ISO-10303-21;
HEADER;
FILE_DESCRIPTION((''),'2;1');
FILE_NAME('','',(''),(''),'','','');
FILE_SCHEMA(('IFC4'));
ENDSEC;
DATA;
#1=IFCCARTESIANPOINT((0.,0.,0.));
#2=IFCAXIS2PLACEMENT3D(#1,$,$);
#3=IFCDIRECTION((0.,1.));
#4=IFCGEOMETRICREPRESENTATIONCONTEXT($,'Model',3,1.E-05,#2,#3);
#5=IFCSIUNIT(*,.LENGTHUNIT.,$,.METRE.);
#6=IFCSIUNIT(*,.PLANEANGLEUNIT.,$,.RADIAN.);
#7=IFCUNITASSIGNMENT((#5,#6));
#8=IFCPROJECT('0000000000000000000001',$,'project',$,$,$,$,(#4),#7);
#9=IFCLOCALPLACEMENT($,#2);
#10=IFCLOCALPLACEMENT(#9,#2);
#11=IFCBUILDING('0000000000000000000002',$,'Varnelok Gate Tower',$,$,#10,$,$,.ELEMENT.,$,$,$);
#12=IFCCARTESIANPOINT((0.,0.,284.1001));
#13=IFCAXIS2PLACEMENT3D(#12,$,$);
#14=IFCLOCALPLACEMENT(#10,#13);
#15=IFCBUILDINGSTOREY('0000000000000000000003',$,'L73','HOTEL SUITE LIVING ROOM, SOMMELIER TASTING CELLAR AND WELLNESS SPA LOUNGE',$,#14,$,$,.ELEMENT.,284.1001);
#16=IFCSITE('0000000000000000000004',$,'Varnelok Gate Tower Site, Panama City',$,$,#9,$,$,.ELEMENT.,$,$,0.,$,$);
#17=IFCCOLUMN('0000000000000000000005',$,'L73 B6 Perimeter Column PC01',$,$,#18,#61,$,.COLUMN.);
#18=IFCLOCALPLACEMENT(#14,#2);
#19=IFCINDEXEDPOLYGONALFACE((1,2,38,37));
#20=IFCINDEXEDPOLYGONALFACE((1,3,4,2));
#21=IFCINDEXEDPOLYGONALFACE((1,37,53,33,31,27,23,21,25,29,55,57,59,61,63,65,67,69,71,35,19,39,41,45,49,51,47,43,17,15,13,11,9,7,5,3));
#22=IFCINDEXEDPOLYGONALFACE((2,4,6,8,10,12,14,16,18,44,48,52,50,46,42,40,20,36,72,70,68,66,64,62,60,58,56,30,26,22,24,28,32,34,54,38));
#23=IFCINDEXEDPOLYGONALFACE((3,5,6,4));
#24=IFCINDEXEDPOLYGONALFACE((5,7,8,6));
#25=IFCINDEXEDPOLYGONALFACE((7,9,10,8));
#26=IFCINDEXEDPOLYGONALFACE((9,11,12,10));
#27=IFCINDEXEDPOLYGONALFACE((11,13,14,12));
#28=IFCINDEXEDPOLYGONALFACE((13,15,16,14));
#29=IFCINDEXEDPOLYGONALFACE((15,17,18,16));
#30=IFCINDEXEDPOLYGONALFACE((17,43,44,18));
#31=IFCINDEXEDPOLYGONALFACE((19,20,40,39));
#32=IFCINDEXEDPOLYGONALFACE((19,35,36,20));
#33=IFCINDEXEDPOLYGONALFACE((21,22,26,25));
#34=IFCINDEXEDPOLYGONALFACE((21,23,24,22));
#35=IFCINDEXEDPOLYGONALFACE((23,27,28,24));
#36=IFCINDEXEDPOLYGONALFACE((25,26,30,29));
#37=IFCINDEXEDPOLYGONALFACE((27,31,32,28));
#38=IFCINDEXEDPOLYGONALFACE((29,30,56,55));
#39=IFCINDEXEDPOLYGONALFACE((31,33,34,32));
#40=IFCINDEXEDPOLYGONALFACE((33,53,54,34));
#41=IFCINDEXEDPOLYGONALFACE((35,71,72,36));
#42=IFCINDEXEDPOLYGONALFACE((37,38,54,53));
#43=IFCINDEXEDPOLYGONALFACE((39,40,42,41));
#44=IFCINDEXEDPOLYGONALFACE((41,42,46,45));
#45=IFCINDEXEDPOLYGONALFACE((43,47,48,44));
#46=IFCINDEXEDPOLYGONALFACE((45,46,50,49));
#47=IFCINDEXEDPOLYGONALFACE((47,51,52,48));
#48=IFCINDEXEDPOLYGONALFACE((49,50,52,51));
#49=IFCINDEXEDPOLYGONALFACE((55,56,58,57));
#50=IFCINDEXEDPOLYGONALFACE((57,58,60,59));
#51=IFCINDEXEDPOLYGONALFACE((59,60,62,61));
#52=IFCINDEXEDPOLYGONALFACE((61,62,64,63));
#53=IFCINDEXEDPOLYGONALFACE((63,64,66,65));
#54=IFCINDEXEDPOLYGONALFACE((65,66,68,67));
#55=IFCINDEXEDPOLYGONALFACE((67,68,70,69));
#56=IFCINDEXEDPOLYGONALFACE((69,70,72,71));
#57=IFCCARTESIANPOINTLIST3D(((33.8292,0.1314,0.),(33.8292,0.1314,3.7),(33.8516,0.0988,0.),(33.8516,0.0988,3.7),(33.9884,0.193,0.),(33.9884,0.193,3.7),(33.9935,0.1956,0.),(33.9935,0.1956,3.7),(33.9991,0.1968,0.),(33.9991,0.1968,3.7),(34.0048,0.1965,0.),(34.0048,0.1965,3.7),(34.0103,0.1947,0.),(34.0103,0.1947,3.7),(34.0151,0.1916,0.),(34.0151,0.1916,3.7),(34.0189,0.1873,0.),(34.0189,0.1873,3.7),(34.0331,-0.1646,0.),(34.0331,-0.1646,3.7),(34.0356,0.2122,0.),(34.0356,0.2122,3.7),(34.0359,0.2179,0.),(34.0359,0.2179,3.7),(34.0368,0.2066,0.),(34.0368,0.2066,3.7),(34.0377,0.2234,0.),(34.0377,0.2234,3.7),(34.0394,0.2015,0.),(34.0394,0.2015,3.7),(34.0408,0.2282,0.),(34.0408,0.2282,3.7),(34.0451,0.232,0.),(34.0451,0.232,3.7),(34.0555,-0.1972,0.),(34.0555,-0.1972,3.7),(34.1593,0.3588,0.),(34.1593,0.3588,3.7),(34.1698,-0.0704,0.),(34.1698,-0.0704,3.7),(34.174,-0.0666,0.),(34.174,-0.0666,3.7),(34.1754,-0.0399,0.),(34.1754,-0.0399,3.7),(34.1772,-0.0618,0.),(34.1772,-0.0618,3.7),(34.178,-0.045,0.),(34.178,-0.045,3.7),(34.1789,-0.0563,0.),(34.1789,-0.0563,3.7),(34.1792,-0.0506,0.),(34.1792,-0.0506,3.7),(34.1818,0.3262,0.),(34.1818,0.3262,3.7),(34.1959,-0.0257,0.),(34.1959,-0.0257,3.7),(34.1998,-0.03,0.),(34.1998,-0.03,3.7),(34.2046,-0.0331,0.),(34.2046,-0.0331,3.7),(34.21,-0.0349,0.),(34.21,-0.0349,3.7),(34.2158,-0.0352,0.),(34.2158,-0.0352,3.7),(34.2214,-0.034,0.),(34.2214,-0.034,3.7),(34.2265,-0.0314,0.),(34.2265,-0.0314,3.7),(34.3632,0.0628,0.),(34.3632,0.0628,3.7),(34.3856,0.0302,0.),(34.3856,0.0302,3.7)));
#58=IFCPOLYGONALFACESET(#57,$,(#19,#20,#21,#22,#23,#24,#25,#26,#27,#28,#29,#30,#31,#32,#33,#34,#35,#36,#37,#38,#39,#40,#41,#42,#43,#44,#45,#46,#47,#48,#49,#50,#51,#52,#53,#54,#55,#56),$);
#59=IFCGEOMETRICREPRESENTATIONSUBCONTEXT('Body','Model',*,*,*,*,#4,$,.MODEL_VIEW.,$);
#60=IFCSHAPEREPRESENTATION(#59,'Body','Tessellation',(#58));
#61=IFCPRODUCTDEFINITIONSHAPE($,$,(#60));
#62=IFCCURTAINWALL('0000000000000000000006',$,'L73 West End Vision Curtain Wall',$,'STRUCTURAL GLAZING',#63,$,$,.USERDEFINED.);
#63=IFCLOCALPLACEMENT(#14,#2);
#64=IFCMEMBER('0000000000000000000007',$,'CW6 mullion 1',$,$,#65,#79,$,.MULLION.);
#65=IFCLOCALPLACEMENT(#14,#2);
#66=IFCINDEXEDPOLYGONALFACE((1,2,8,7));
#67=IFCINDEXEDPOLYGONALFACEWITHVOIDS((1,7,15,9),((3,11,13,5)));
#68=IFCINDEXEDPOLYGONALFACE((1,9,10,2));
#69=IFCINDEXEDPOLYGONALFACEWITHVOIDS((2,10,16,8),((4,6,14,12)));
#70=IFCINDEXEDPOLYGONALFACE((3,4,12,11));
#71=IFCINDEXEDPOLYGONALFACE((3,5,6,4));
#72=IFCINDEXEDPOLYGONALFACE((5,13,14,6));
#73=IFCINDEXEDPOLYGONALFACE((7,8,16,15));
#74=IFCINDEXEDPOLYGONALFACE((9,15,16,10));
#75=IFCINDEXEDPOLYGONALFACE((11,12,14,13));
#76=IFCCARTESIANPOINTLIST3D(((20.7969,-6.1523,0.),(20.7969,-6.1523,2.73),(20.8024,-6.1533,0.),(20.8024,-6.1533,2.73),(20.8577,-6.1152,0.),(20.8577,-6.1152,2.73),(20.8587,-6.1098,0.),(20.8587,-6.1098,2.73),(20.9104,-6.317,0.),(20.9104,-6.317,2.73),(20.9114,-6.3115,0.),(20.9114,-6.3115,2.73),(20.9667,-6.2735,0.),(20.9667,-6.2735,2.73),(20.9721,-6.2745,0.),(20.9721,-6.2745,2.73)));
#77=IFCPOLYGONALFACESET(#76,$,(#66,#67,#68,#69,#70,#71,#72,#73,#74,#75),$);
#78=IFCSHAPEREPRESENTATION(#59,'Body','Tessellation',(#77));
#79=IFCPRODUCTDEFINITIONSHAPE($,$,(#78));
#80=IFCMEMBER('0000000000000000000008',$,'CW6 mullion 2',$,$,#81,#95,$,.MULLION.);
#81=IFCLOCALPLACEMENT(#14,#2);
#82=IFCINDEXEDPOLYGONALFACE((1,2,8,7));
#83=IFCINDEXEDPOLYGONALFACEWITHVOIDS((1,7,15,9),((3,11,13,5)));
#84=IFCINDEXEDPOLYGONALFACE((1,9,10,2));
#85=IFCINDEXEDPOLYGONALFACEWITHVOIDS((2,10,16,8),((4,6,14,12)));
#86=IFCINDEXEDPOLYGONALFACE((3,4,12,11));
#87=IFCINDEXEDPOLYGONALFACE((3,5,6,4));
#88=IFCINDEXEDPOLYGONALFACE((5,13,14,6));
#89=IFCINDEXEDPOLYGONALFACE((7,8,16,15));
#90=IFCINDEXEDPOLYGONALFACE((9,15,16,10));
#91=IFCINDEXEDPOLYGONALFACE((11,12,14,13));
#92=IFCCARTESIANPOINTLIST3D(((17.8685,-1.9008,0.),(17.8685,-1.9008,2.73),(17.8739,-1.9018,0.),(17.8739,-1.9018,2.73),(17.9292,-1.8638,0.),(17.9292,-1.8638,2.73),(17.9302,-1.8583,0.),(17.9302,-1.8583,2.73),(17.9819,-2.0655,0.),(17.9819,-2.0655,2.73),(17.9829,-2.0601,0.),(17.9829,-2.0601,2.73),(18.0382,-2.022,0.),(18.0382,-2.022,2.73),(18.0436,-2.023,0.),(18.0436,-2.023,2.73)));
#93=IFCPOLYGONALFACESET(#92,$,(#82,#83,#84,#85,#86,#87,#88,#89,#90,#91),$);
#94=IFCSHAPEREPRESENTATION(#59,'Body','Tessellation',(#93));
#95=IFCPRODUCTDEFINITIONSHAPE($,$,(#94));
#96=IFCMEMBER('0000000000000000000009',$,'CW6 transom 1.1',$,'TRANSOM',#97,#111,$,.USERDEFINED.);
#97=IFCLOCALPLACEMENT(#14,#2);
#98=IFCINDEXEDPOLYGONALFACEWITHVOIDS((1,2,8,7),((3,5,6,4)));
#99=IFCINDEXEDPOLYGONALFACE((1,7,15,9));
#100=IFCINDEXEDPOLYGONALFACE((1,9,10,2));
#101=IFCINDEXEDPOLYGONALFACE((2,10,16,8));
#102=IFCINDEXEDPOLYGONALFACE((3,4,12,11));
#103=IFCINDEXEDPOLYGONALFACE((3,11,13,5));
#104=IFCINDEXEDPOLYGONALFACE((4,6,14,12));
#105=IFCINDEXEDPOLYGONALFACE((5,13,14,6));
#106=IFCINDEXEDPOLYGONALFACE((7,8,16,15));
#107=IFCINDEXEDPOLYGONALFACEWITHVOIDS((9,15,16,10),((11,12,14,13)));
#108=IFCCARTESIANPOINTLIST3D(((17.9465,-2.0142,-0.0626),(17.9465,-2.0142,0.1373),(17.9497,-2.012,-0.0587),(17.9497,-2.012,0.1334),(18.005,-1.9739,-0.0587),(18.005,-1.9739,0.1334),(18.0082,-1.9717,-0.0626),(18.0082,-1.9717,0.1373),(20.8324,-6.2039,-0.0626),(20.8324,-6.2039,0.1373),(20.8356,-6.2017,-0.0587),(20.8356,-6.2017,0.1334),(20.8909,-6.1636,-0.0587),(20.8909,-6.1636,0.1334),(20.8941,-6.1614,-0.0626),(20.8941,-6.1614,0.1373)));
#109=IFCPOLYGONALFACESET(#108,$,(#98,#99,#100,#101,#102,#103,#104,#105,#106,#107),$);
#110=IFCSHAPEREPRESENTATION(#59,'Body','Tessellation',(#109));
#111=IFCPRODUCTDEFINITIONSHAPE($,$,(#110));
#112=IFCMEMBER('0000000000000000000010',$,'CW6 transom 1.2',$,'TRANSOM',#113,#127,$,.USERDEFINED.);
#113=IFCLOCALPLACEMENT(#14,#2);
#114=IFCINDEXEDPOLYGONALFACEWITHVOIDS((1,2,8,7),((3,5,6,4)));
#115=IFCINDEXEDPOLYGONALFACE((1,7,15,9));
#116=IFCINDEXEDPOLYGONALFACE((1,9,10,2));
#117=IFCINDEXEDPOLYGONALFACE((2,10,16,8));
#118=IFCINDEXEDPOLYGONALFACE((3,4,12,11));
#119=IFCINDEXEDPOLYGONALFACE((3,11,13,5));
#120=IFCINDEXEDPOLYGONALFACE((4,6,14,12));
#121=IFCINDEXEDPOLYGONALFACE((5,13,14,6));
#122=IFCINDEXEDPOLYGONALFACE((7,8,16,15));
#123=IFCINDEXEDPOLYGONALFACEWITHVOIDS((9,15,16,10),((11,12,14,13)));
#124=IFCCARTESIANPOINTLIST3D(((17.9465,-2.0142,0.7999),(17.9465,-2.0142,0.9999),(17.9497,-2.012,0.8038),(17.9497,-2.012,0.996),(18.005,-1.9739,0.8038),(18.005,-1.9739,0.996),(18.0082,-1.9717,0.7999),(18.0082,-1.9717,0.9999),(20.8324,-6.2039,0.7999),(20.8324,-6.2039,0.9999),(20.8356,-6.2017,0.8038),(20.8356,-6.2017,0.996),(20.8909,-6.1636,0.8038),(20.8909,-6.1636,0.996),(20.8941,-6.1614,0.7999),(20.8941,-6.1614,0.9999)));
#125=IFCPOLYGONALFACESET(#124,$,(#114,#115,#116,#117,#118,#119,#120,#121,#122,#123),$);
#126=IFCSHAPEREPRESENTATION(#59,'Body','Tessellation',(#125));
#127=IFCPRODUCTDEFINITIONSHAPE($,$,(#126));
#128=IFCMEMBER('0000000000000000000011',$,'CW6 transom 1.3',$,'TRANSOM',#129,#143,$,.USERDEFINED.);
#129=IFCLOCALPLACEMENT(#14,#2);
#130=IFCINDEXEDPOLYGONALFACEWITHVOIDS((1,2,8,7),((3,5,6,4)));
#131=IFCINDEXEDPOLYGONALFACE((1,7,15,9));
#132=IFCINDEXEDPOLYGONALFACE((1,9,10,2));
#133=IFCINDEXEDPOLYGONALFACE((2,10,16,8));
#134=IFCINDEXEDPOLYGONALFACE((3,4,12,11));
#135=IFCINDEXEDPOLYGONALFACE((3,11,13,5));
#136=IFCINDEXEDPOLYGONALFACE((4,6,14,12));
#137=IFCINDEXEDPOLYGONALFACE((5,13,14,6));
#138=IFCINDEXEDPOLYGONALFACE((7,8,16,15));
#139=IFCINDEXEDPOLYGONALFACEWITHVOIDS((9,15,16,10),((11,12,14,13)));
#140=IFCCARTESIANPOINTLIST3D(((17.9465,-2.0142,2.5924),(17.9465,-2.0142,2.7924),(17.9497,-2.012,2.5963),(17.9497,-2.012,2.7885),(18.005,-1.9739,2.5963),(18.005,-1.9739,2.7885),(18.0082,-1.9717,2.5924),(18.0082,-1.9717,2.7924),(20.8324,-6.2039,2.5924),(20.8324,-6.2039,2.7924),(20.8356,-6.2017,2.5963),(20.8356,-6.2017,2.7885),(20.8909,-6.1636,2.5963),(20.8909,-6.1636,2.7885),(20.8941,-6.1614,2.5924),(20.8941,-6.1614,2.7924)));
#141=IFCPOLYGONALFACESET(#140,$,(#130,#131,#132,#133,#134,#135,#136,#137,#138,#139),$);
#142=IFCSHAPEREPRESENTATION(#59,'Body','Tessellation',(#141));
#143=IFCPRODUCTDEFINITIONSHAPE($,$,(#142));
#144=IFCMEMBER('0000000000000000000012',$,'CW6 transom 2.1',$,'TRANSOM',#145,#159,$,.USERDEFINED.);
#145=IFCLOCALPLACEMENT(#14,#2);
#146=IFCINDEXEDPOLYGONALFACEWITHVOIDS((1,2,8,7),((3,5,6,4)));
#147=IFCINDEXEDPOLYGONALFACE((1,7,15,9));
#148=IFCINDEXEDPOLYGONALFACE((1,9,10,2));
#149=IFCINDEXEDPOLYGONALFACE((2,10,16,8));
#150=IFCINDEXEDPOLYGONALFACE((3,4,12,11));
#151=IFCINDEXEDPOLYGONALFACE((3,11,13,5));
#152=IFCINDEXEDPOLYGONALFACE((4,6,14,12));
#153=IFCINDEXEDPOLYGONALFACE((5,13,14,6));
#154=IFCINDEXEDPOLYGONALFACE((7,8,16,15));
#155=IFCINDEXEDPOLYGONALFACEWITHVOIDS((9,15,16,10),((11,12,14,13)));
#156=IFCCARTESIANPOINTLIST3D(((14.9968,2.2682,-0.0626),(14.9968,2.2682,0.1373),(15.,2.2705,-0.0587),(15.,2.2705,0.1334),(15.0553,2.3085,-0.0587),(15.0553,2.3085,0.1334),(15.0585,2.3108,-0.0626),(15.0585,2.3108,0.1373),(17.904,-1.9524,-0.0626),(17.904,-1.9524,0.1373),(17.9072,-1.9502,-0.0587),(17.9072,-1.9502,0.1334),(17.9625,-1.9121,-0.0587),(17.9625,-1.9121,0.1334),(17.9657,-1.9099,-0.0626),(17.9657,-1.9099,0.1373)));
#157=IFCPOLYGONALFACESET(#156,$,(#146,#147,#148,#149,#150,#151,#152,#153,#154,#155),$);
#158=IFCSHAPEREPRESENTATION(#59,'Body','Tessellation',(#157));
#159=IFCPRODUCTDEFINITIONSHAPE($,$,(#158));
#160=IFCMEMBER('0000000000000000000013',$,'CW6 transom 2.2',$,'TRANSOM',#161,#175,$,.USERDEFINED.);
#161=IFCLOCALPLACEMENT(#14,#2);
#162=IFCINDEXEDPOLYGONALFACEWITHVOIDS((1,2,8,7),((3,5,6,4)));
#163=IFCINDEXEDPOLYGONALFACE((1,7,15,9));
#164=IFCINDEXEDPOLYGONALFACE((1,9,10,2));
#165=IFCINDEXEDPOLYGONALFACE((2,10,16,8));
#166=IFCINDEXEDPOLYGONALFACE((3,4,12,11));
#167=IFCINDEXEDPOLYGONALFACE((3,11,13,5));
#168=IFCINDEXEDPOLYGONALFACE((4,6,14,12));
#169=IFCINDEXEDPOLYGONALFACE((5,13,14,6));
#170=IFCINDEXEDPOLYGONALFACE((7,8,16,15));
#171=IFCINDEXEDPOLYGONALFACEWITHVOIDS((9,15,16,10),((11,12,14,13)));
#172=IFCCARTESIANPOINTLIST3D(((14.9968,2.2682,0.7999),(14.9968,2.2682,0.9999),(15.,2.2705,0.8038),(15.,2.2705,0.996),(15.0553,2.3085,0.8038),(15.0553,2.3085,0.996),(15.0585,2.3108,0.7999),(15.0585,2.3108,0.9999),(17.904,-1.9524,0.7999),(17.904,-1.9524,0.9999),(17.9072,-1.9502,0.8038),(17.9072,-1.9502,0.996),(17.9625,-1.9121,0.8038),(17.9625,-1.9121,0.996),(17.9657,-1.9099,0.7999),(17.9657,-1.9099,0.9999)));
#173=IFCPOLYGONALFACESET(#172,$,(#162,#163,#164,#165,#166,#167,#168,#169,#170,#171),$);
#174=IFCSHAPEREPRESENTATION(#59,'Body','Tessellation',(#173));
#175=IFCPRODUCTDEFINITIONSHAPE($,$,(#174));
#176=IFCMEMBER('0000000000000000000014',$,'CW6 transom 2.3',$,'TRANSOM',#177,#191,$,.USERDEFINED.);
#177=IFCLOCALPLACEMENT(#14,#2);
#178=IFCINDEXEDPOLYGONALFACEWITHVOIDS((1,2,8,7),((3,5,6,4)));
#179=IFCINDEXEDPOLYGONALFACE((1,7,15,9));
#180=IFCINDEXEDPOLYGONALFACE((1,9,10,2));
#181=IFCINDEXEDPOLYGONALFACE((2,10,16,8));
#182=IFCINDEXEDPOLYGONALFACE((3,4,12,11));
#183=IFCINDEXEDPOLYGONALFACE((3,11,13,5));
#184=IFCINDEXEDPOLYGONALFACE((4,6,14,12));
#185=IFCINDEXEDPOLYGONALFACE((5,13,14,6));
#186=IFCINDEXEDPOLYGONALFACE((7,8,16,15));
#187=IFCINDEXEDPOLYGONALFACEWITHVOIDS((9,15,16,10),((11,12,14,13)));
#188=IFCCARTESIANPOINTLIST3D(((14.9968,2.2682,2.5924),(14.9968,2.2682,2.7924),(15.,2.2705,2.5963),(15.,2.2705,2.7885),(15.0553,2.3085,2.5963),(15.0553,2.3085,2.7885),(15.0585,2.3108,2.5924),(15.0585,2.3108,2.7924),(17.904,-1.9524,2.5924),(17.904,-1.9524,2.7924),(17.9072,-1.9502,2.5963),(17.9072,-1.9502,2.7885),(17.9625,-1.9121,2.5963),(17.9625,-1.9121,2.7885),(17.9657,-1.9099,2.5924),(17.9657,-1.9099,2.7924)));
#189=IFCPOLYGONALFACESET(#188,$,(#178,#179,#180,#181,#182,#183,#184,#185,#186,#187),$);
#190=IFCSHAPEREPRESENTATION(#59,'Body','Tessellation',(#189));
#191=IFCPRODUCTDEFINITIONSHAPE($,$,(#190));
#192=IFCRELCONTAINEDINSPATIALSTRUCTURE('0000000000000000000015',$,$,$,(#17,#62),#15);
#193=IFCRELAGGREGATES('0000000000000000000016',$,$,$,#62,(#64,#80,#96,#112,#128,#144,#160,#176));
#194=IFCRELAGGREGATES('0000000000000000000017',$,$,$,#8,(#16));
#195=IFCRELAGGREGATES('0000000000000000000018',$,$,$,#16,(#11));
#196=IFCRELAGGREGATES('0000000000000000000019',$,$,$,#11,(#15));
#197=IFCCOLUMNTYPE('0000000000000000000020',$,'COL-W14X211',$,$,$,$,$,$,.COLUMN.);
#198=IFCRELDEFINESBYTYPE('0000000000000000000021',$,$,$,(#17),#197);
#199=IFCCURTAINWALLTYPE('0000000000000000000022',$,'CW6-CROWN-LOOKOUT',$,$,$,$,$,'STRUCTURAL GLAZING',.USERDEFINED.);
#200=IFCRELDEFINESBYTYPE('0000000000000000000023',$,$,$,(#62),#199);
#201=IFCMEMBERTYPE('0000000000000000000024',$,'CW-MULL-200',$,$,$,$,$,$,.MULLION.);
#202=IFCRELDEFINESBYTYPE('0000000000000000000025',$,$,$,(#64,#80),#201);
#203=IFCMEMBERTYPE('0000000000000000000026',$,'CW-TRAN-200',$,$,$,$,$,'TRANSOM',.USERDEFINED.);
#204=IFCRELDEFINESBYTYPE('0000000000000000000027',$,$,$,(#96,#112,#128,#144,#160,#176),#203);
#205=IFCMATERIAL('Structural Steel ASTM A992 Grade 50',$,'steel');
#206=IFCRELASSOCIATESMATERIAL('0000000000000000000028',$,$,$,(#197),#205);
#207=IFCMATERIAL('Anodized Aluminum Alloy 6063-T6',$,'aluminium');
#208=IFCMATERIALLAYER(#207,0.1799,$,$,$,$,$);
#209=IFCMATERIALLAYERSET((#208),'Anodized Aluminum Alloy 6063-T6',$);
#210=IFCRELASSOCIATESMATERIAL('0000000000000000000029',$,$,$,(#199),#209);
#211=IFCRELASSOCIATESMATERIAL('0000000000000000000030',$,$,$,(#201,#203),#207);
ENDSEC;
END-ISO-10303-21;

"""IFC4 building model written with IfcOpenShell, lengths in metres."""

from ifc_helpers import new_model, si_unit, direction, frame, origin, origin_2d, place, context, subcontext, project, spatial, hollow_rectangle, i_section, extrude, material, layer, layer_set, material_profile, profile_set, type_object, element, aggregate, save


model = new_model("IFC4")

# Units and contexts
model_context = context("Model", 3, precision=1e-05, world=origin(), true_north=direction((0.0, 1.0)))
body_context = subcontext(model_context, "Body", "Model", "MODEL_VIEW")
ifc_project = project(units=[si_unit("LENGTHUNIT", "METRE"), si_unit("PLANEANGLEUNIT", "RADIAN")], contexts=[model_context])

# Site, building, storey
site_placement = place(None, origin())
site = spatial("IfcSite", under=ifc_project, at=site_placement, Name="Varnelok Gate Tower Site, Panama City", CompositionType="ELEMENT", RefElevation=0.0)
building_placement = place(site_placement, origin())
building = spatial("IfcBuilding", under=site, at=building_placement, Name="Varnelok Gate Tower", CompositionType="ELEMENT")
storey_placement = place(building_placement, frame((0.0, 0.0, 284.1001)))
storey = spatial("IfcBuildingStorey", under=building, at=storey_placement, Name="L73", Description="HOTEL SUITE LIVING ROOM, SOMMELIER TASTING CELLAR AND WELLNESS SPA LOUNGE", CompositionType="ELEMENT", Elevation=284.1001)

# Column
ifc_material_1 = material(Name="Structural Steel ASTM A992 Grade 50", Category="steel")
ifc_material_profile_1 = material_profile(ifc_material_1, i_section(OverallWidth=0.4009, OverallDepth=0.3989, WebThickness=0.0249, FlangeThickness=0.0396, FilletRadius=0.022, at=origin_2d()), Name="W14X211")
ifc_profile_set_1 = profile_set([ifc_material_profile_1], Name="Structural Steel ASTM A992 Grade 50")
column_type = type_object("IfcColumnType", Name="COL-W14X211", PredefinedType="COLUMN", material=ifc_profile_set_1)
column_placement = place(storey_placement, frame((34.1074, 0.0808, 0.0), z_axis=(0.0, 0.0, 1.0), x_axis=(0.823533, 0.567269, 0.0)))
element("IfcColumn", 1, at=column_placement, inside=storey, type_object=column_type, Name="L73 B6 Perimeter Column PC01", PredefinedType="COLUMN", context=body_context, shape_type="SweptSolid", body=[
    extrude(i_section(OverallWidth=0.4009, OverallDepth=0.3989, WebThickness=0.0249, FlangeThickness=0.0396, FilletRadius=0.022, at=origin_2d()), origin(), (0.0, 0.0, 1.0), 3.7),
])

# Curtain wall, members
ifc_material_2 = material(Name="Anodized Aluminum Alloy 6063-T6", Category="aluminium")
ifc_layer_1 = layer(ifc_material_2, 0.1799)
ifc_layer_set_1 = layer_set([ifc_layer_1], Name="Anodized Aluminum Alloy 6063-T6")
curtain_wall_type = type_object("IfcCurtainWallType", Name="CW6-CROWN-LOOKOUT", ElementType="STRUCTURAL GLAZING", PredefinedType="USERDEFINED", material=ifc_layer_set_1)
curtain_wall_placement = place(storey_placement, origin())
curtain_wall = element("IfcCurtainWall", 2, at=curtain_wall_placement, inside=storey, type_object=curtain_wall_type, Name="L73 West End Vision Curtain Wall", ObjectType="STRUCTURAL GLAZING", PredefinedType="USERDEFINED")
ifc_material_profile_2 = material_profile(ifc_material_2, hollow_rectangle(XDim=0.075, YDim=0.2, WallThickness=0.0039, at=origin_2d()), Name="ALU200X75X4")
ifc_profile_set_2 = profile_set([ifc_material_profile_2], Name="Anodized Aluminum Alloy 6063-T6")
member_type_1 = type_object("IfcMemberType", Name="CW-MULL-200", PredefinedType="MULLION", material=ifc_profile_set_2)
member_1_placement = place(storey_placement, frame((20.8845, -6.2134, 0.0), z_axis=(0.0, 0.0, 1.0), x_axis=(-0.823532, -0.567269, 0.0)))
member_1 = element("IfcMember", 3, at=member_1_placement, type_object=member_type_1, Name="CW6 mullion 1", PredefinedType="MULLION", context=body_context, shape_type="SweptSolid", body=[
    extrude(hollow_rectangle(XDim=0.075, YDim=0.2, WallThickness=0.0039, at=origin_2d()), origin(), (0.0, 0.0, 1.0), 2.73),
])
member_2_placement = place(storey_placement, frame((17.9561, -1.9619, 0.0), z_axis=(0.0, 0.0, 1.0), x_axis=(-0.823532, -0.567269, 0.0)))
member_2 = element("IfcMember", 4, at=member_2_placement, type_object=member_type_1, Name="CW6 mullion 2", PredefinedType="MULLION", context=body_context, shape_type="SweptSolid", body=[
    extrude(hollow_rectangle(XDim=0.075, YDim=0.2, WallThickness=0.0039, at=origin_2d()), origin(), (0.0, 0.0, 1.0), 2.73),
])
ifc_material_profile_3 = material_profile(ifc_material_2, hollow_rectangle(XDim=0.075, YDim=0.2, WallThickness=0.0039, at=origin_2d()), Name="ALU200X75X4")
ifc_profile_set_3 = profile_set([ifc_material_profile_3], Name="Anodized Aluminum Alloy 6063-T6")
member_type_2 = type_object("IfcMemberType", Name="CW-TRAN-200", ElementType="TRANSOM", PredefinedType="USERDEFINED", material=ifc_profile_set_3)
member_3_placement = place(storey_placement, frame((20.8633, -6.1826, 0.0374), z_axis=(-0.567272, 0.823531, 0.0), x_axis=(-0.823531, -0.567272, 0.0)))
member_3 = element("IfcMember", 5, at=member_3_placement, type_object=member_type_2, Name="CW6 transom 1.1", ObjectType="TRANSOM", PredefinedType="USERDEFINED", context=body_context, shape_type="SweptSolid", body=[
    extrude(hollow_rectangle(XDim=0.075, YDim=0.2, WallThickness=0.0039, at=origin_2d()), origin(), (0.0, 0.0, 1.0), 5.0874),
])
member_4_placement = place(storey_placement, frame((20.8633, -6.1826, 0.8999), z_axis=(-0.567272, 0.823531, 0.0), x_axis=(-0.823531, -0.567272, 0.0)))
member_4 = element("IfcMember", 6, at=member_4_placement, type_object=member_type_2, Name="CW6 transom 1.2", ObjectType="TRANSOM", PredefinedType="USERDEFINED", context=body_context, shape_type="SweptSolid", body=[
    extrude(hollow_rectangle(XDim=0.075, YDim=0.2, WallThickness=0.0039, at=origin_2d()), origin(), (0.0, 0.0, 1.0), 5.0874),
])
member_5_placement = place(storey_placement, frame((20.8633, -6.1826, 2.6924), z_axis=(-0.567272, 0.823531, 0.0), x_axis=(-0.823531, -0.567272, 0.0)))
member_5 = element("IfcMember", 7, at=member_5_placement, type_object=member_type_2, Name="CW6 transom 1.3", ObjectType="TRANSOM", PredefinedType="USERDEFINED", context=body_context, shape_type="SweptSolid", body=[
    extrude(hollow_rectangle(XDim=0.075, YDim=0.2, WallThickness=0.0039, at=origin_2d()), origin(), (0.0, 0.0, 1.0), 5.0874),
])
member_6_placement = place(storey_placement, frame((17.9348, -1.9312, 0.0374), z_axis=(-0.567256, 0.823541, 0.0), x_axis=(-0.823541, -0.567256, 0.0)))
member_6 = element("IfcMember", 8, at=member_6_placement, type_object=member_type_2, Name="CW6 transom 2.1", ObjectType="TRANSOM", PredefinedType="USERDEFINED", context=body_context, shape_type="SweptSolid", body=[
    extrude(hollow_rectangle(XDim=0.075, YDim=0.2, WallThickness=0.0039, at=origin_2d()), origin(), (0.0, 0.0, 1.0), 5.125),
])
member_7_placement = place(storey_placement, frame((17.9348, -1.9312, 0.8999), z_axis=(-0.567256, 0.823541, 0.0), x_axis=(-0.823541, -0.567256, 0.0)))
member_7 = element("IfcMember", 9, at=member_7_placement, type_object=member_type_2, Name="CW6 transom 2.2", ObjectType="TRANSOM", PredefinedType="USERDEFINED", context=body_context, shape_type="SweptSolid", body=[
    extrude(hollow_rectangle(XDim=0.075, YDim=0.2, WallThickness=0.0039, at=origin_2d()), origin(), (0.0, 0.0, 1.0), 5.125),
])
member_8_placement = place(storey_placement, frame((17.9348, -1.9312, 2.6924), z_axis=(-0.567256, 0.823541, 0.0), x_axis=(-0.823541, -0.567256, 0.0)))
member_8 = element("IfcMember", 10, at=member_8_placement, type_object=member_type_2, Name="CW6 transom 2.3", ObjectType="TRANSOM", PredefinedType="USERDEFINED", context=body_context, shape_type="SweptSolid", body=[
    extrude(hollow_rectangle(XDim=0.075, YDim=0.2, WallThickness=0.0039, at=origin_2d()), origin(), (0.0, 0.0, 1.0), 5.125),
])
aggregate(curtain_wall, [member_1, member_2, member_3, member_4, member_5, member_6, member_7, member_8])

save(model, "model.ifc")
